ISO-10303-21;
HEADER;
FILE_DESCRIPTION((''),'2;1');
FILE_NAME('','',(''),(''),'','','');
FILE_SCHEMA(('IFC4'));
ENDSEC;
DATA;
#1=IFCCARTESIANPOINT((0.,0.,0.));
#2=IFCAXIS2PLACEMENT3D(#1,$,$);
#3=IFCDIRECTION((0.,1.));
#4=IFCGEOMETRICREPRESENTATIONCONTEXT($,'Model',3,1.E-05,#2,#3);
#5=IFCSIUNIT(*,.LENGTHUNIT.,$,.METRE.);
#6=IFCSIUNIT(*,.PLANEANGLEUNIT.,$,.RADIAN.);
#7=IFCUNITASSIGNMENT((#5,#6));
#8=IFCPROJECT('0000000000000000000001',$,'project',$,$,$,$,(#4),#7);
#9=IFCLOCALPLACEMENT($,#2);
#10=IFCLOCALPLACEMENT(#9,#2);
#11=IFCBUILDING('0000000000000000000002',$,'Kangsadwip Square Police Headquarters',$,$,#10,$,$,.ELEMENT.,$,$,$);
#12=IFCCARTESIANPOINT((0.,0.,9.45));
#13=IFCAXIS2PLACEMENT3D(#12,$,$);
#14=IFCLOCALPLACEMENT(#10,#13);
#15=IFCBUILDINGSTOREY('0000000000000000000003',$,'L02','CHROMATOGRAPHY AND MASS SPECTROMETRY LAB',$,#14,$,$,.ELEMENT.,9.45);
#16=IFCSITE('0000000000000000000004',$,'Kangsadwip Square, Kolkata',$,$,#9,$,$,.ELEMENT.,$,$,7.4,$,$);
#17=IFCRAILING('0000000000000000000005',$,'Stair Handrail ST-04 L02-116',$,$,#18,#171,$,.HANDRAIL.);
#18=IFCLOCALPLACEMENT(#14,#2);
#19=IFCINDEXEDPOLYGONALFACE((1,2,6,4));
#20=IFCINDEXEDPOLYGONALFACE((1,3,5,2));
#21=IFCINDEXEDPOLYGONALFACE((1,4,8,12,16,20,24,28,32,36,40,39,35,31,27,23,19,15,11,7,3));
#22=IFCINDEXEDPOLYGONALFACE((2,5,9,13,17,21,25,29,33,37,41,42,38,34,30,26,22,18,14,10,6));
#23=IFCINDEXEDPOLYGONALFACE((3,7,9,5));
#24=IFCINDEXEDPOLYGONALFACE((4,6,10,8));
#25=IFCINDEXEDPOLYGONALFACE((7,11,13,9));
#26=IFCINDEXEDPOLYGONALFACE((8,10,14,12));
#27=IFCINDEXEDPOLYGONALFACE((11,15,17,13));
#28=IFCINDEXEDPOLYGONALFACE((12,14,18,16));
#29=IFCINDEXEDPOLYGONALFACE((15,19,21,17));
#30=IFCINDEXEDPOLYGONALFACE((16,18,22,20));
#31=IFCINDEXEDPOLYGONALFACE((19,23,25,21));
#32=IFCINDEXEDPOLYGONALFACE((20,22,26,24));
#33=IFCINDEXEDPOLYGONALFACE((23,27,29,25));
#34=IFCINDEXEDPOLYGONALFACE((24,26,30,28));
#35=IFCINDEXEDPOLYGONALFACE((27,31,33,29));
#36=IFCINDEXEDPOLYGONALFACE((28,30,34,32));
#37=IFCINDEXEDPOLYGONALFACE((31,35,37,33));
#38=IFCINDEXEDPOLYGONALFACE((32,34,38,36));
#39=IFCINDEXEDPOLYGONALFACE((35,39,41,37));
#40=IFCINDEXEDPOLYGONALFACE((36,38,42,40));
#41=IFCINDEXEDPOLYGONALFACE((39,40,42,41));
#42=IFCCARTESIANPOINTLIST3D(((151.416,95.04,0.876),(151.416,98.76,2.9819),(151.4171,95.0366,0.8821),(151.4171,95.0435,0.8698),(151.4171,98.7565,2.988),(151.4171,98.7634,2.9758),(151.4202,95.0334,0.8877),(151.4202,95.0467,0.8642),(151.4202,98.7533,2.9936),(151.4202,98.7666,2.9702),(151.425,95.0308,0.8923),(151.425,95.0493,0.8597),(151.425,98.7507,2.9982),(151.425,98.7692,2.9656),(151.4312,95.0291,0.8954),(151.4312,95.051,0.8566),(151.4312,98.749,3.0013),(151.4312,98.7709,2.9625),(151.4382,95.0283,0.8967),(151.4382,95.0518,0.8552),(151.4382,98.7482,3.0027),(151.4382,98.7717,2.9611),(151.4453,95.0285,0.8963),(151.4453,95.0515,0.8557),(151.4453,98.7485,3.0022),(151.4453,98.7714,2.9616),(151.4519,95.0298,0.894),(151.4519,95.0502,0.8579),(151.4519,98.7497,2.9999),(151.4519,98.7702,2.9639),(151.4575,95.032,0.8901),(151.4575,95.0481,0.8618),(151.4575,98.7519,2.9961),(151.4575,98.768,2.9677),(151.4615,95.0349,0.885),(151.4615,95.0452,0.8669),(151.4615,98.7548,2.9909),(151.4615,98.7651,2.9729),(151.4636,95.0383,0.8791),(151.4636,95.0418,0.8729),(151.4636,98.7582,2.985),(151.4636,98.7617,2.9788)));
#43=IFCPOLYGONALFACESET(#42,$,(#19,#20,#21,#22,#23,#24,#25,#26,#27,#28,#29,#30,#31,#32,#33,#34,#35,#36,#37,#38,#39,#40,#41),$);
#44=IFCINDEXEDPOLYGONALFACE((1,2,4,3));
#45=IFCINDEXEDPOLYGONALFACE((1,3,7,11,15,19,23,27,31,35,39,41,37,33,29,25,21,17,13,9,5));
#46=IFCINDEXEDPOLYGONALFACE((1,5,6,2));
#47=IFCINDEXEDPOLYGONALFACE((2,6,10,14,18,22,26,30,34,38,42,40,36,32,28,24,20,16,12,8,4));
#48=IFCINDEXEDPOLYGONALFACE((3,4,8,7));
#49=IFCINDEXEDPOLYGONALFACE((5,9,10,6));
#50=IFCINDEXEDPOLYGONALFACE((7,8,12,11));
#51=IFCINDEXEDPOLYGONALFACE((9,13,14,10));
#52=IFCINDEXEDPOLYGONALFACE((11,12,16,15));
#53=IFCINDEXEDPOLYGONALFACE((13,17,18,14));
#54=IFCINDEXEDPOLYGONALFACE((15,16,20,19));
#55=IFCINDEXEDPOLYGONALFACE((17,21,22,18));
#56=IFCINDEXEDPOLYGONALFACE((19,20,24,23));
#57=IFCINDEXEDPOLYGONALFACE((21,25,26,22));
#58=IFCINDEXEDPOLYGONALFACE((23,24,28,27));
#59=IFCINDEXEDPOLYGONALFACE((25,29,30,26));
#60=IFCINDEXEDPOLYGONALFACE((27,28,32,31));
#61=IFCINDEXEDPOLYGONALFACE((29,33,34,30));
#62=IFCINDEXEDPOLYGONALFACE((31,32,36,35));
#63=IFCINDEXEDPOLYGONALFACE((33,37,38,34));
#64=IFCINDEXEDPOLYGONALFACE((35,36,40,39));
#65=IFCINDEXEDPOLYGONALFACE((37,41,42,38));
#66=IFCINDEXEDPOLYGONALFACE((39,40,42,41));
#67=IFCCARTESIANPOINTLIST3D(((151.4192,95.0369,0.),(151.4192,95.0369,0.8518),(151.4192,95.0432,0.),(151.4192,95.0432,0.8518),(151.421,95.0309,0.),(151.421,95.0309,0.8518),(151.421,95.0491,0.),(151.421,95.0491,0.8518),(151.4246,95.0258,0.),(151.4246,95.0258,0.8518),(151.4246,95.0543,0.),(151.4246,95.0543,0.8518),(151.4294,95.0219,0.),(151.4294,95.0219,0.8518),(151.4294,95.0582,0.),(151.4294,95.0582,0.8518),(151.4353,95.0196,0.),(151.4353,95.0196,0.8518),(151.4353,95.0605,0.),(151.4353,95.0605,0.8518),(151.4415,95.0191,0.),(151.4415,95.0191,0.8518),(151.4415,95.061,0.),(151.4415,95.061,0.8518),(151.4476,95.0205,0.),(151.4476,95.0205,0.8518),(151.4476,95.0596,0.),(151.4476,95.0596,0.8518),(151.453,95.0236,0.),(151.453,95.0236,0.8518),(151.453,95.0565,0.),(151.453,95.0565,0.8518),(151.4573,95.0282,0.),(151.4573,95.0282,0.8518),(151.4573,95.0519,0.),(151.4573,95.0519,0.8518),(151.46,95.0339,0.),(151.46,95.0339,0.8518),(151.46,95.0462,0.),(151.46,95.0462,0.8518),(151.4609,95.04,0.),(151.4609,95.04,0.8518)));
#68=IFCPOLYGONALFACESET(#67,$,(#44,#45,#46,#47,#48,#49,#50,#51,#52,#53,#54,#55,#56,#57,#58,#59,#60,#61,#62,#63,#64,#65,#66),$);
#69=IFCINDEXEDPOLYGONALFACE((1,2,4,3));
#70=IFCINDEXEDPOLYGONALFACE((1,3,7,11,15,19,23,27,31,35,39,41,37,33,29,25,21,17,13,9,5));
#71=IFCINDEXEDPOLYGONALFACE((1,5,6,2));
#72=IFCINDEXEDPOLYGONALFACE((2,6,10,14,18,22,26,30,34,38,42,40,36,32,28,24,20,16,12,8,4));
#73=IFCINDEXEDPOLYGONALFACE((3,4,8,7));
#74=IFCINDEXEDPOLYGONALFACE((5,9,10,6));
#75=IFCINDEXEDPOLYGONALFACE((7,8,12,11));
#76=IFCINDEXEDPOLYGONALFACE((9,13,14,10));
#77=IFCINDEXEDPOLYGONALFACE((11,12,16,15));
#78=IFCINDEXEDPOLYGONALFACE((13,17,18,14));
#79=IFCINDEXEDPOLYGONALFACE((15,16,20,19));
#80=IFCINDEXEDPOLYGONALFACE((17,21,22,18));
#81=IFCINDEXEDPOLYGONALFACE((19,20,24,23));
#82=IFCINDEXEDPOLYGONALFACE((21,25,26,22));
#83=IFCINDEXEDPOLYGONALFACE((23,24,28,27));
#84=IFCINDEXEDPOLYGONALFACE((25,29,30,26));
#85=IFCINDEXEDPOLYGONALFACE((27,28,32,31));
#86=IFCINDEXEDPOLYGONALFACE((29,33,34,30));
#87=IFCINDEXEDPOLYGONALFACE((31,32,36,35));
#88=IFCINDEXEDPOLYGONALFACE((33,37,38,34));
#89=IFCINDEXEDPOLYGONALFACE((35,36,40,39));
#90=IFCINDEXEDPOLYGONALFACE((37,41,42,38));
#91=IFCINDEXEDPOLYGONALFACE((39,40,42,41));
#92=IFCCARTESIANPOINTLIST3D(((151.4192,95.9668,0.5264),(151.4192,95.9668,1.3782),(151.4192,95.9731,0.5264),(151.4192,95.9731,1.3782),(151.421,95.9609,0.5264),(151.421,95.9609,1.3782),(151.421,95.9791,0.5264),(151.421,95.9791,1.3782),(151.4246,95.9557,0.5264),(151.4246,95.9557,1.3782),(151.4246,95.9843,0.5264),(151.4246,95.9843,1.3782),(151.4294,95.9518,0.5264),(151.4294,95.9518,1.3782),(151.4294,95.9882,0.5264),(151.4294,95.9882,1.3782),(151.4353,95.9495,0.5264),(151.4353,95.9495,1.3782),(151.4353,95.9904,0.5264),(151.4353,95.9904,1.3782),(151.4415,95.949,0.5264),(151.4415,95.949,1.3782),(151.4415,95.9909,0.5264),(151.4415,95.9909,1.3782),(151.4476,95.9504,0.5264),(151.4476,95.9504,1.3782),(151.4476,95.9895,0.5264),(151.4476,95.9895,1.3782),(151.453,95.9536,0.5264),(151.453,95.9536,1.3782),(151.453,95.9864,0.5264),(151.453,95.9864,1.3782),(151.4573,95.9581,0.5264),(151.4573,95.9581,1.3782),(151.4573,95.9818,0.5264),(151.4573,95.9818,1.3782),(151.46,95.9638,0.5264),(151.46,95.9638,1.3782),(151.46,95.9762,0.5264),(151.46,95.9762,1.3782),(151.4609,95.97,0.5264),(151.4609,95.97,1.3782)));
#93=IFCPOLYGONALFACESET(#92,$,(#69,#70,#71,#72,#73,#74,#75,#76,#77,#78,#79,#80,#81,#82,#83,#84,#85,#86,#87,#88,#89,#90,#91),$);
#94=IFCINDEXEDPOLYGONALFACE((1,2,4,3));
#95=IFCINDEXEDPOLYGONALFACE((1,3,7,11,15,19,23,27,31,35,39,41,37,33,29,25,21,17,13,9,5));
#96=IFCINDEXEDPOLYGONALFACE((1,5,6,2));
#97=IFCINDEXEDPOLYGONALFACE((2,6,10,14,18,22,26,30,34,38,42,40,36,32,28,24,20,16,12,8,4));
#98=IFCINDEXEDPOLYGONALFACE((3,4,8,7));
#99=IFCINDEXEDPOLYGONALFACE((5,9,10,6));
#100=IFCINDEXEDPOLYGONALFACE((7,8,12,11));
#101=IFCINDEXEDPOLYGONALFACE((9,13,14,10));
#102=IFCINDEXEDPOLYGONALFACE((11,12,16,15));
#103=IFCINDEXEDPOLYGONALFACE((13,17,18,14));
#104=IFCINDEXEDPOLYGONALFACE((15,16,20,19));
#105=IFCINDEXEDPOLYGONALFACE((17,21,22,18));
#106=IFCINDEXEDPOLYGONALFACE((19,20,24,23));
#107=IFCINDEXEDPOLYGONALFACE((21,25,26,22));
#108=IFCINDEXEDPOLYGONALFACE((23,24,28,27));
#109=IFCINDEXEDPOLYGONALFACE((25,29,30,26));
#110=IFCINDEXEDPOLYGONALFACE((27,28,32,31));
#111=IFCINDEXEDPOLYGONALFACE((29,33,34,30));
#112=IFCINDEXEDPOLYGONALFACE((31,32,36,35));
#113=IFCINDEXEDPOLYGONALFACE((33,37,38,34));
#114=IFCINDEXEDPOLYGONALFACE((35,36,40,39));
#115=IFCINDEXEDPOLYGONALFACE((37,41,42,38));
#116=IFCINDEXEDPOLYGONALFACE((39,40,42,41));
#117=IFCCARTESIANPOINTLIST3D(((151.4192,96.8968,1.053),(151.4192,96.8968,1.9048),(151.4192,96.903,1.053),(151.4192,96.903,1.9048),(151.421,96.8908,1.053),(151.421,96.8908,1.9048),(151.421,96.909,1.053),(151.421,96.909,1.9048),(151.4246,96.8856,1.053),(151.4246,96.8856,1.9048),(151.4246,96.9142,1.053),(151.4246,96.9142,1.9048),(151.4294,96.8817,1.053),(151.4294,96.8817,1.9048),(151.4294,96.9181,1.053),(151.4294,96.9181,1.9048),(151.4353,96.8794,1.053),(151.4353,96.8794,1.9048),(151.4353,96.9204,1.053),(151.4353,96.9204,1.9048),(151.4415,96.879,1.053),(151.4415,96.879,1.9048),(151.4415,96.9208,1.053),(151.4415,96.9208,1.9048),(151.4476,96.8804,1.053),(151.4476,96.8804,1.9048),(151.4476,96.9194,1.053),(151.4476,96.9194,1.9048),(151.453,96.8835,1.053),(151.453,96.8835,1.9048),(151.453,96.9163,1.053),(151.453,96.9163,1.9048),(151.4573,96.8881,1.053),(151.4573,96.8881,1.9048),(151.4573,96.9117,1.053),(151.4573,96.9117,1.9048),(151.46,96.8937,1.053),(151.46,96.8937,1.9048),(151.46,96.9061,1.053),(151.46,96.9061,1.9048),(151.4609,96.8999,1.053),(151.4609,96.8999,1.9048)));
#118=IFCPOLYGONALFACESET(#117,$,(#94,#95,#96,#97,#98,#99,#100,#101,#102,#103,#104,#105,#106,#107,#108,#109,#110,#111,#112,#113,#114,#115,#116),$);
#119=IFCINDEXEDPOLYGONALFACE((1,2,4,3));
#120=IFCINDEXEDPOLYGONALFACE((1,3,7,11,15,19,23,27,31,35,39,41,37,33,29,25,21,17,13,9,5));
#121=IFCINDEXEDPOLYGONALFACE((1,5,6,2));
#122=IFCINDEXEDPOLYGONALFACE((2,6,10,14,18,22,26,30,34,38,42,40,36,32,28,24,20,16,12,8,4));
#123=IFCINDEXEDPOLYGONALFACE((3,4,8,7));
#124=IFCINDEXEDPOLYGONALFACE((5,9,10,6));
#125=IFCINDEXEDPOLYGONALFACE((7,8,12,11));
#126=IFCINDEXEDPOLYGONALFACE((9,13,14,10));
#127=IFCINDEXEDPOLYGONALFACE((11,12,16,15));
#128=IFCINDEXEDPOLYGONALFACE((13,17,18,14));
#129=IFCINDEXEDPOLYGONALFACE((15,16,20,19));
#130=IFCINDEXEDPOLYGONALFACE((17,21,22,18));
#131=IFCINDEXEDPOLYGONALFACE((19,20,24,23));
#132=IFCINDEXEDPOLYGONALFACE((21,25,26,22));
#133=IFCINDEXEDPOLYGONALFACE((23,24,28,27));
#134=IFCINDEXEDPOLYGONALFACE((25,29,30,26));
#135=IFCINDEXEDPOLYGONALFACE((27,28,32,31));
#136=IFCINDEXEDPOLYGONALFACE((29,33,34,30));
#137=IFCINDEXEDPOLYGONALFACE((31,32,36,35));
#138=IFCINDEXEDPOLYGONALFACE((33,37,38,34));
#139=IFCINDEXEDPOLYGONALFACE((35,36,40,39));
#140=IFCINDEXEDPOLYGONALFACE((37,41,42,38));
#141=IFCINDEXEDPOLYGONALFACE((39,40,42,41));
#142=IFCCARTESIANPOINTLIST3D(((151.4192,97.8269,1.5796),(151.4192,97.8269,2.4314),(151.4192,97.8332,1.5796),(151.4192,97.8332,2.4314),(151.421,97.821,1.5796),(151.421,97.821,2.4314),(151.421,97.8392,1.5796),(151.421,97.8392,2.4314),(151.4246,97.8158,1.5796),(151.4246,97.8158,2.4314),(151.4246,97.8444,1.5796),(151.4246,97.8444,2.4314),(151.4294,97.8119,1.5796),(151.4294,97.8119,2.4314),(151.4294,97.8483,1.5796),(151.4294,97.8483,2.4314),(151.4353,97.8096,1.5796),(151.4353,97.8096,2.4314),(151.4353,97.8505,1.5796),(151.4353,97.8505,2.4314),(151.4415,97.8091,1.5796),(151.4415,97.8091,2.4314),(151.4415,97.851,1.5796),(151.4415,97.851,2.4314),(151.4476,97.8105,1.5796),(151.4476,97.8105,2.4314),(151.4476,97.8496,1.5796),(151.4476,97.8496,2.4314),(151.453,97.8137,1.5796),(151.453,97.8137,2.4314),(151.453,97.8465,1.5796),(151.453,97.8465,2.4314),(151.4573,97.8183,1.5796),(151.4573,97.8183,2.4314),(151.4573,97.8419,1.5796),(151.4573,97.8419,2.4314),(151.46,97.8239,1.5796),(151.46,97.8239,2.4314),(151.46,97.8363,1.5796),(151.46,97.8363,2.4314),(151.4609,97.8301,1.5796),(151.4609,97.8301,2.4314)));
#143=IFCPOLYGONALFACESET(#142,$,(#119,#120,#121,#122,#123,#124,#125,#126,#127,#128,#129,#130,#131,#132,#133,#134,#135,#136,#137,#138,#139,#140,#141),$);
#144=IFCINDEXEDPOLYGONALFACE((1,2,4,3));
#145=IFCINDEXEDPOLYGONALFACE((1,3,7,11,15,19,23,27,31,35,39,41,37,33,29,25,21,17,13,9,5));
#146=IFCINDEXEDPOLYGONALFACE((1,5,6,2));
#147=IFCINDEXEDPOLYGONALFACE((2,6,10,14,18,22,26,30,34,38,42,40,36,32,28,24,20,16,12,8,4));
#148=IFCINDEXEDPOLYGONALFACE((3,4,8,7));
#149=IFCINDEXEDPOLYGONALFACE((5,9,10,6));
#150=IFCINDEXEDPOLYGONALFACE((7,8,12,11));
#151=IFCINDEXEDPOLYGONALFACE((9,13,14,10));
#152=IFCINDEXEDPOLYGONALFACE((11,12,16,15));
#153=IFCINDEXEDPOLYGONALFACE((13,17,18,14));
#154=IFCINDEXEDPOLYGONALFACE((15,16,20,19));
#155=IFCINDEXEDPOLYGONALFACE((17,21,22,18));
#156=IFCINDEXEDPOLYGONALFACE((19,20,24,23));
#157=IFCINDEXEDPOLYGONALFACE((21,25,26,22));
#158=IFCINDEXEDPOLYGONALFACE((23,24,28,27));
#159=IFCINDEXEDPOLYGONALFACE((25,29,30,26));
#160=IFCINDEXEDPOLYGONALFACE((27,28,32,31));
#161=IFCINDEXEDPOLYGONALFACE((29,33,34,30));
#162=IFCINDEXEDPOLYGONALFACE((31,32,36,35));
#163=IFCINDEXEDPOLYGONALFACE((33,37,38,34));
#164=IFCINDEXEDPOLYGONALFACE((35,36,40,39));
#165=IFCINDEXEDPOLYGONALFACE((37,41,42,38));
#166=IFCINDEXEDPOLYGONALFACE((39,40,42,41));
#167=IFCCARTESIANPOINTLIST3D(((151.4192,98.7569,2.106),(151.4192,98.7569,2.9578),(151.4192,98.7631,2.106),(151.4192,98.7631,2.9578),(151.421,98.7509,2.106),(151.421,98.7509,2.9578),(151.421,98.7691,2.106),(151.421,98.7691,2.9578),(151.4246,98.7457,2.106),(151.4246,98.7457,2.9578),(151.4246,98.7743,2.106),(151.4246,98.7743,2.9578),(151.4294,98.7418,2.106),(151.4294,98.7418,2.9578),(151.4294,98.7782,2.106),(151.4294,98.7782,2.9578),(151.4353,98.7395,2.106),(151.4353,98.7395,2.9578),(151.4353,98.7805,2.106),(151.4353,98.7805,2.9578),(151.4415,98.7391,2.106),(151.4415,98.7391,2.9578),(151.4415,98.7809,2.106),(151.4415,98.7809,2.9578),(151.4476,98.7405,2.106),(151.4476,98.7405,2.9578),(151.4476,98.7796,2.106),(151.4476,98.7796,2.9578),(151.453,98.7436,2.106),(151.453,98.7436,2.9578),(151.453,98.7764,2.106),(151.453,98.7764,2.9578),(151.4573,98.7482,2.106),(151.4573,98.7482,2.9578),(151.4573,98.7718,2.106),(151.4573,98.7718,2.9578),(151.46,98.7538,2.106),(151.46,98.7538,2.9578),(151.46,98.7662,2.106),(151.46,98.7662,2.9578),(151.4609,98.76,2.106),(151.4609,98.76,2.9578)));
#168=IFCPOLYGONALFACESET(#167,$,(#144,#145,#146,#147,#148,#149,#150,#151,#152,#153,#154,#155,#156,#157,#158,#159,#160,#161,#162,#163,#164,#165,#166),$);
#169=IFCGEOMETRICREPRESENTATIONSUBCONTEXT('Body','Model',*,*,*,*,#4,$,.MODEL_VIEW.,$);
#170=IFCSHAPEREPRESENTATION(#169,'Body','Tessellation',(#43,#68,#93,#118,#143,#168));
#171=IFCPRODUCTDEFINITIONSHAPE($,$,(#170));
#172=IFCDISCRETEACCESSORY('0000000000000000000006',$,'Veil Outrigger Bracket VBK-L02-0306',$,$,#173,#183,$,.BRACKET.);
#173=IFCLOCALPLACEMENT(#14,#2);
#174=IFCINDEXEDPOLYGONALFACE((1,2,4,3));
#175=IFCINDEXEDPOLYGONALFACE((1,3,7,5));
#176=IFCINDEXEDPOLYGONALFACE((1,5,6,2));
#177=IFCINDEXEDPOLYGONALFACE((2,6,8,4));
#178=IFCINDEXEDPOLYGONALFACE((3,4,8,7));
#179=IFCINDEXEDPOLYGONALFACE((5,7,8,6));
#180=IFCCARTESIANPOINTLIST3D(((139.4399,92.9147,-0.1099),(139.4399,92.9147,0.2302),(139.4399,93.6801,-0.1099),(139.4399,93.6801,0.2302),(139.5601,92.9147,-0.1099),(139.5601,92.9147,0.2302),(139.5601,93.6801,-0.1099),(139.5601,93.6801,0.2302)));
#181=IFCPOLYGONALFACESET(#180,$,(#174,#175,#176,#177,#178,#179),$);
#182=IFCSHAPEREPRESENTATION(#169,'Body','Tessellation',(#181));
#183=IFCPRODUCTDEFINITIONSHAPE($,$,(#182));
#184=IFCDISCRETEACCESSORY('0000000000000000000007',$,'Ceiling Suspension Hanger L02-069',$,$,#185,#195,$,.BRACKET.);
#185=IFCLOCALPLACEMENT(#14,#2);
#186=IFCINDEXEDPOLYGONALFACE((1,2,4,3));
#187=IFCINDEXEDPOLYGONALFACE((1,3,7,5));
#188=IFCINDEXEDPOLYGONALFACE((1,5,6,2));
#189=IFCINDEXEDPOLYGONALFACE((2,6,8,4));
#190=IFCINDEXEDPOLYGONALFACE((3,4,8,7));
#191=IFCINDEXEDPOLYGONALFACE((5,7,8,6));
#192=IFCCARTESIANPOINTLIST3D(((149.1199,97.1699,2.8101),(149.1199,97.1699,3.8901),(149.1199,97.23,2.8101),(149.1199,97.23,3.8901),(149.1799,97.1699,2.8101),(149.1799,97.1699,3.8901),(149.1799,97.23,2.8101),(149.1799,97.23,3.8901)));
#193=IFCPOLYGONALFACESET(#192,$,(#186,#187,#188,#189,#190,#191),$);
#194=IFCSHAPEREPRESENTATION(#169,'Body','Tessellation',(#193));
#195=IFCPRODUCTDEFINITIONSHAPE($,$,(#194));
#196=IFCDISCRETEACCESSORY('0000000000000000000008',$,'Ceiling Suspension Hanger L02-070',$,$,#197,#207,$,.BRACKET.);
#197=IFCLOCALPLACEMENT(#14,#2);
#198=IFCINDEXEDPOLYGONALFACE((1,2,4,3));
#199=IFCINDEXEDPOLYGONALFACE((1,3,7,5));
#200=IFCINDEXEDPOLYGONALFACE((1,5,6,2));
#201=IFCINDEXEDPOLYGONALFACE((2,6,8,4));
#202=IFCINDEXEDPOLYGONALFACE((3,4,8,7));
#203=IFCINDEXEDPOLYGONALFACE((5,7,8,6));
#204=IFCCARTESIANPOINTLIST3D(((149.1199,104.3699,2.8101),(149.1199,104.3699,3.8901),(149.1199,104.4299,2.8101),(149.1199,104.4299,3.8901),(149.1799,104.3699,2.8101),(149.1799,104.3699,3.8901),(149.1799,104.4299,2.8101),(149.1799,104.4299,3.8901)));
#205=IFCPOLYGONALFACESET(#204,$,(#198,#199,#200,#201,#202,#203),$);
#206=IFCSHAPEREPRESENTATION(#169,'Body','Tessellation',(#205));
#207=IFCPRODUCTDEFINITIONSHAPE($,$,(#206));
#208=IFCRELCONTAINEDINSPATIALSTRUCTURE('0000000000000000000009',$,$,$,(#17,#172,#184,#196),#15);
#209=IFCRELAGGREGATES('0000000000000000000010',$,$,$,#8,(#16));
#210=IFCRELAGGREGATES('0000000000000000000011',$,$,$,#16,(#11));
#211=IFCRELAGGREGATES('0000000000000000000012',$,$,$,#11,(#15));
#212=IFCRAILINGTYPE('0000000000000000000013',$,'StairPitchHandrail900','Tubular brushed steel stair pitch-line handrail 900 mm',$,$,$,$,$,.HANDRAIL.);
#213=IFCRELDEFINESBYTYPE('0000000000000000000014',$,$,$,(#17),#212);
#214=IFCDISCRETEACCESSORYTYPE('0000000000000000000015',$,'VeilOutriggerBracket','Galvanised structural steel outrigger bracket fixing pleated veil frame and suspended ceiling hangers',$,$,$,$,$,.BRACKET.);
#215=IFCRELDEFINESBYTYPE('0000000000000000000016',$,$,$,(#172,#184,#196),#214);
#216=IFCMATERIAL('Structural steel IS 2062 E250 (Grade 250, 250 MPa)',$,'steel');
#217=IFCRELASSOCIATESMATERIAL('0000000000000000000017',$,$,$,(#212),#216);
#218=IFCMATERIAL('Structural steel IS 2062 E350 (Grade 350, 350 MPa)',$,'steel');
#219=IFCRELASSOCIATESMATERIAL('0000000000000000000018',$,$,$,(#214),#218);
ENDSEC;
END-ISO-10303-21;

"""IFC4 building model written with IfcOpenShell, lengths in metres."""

from ifc_helpers import new_model, si_unit, direction, frame, origin, origin_2d, place, context, subcontext, project, spatial, rectangle, circle, extrude, material, type_object, element, save


model = new_model("IFC4")

# Units and contexts
model_context = context("Model", 3, precision=1e-05, world=origin(), true_north=direction((0.0, 1.0)))
body_context = subcontext(model_context, "Body", "Model", "MODEL_VIEW")
ifc_project = project(units=[si_unit("LENGTHUNIT", "METRE"), si_unit("PLANEANGLEUNIT", "RADIAN")], contexts=[model_context])

# Site, building, storey
site_placement = place(None, origin())
site = spatial("IfcSite", under=ifc_project, at=site_placement, Name="Kangsadwip Square, Kolkata", CompositionType="ELEMENT", RefElevation=7.4)
building_placement = place(site_placement, origin())
building = spatial("IfcBuilding", under=site, at=building_placement, Name="Kangsadwip Square Police Headquarters", CompositionType="ELEMENT")
storey_placement = place(building_placement, frame((0.0, 0.0, 9.45)))
storey = spatial("IfcBuildingStorey", under=building, at=storey_placement, Name="L02", Description="CHROMATOGRAPHY AND MASS SPECTROMETRY LAB", CompositionType="ELEMENT", Elevation=9.45)

# Railing
ifc_material_1 = material(Name="Structural steel IS 2062 E250 (Grade 250, 250 MPa)", Category="steel")
railing_type = type_object("IfcRailingType", Name="StairPitchHandrail900", Description="Tubular brushed steel stair pitch-line handrail 900 mm", PredefinedType="HANDRAIL", material=ifc_material_1)
railing_placement = place(storey_placement, frame((151.4399, 95.04, 0.0)))
element("IfcRailing", 1, at=railing_placement, inside=storey, type_object=railing_type, Name="Stair Handrail ST-04 L02-116", PredefinedType="HANDRAIL", context=body_context, shape_type="SweptSolid", body=[
    extrude(circle(Radius=0.0239, at=origin_2d()), frame((0.0, 0.0, 0.876), z_axis=(0.0, 0.870225, 0.492654), x_axis=(-1.0, 0.0, 0.0)), (0.0, 0.0, 1.0), 4.2747),
    extrude(circle(Radius=0.021, at=origin_2d()), origin(), (0.0, 0.0, 1.0), 0.8518),
    extrude(circle(Radius=0.021, at=origin_2d()), frame((0.0, 0.9299, 0.5264)), (0.0, 0.0, 1.0), 0.8518),
    extrude(circle(Radius=0.021, at=origin_2d()), frame((0.0, 1.8599, 1.053)), (0.0, 0.0, 1.0), 0.8518),
    extrude(circle(Radius=0.021, at=origin_2d()), frame((0.0, 2.79, 1.5796)), (0.0, 0.0, 1.0), 0.8518),
    extrude(circle(Radius=0.021, at=origin_2d()), frame((0.0, 3.72, 2.106)), (0.0, 0.0, 1.0), 0.8518),
])

# Discrete accessories
ifc_material_2 = material(Name="Structural steel IS 2062 E350 (Grade 350, 350 MPa)", Category="steel")
discrete_accessory_type = type_object("IfcDiscreteAccessoryType", Name="VeilOutriggerBracket", Description="Galvanised structural steel outrigger bracket fixing pleated veil frame and suspended ceiling hangers", PredefinedType="BRACKET", material=ifc_material_2)
discrete_accessory_placement = place(storey_placement, frame((139.5, 93.2974, -0.1099), z_axis=(0.0, 0.0, 1.0), x_axis=(1.0, 0.0, 0.0)))
element("IfcDiscreteAccessory", 2, at=discrete_accessory_placement, inside=storey, type_object=discrete_accessory_type, Name="Veil Outrigger Bracket VBK-L02-0306", PredefinedType="BRACKET", context=body_context, shape_type="SweptSolid", body=[
    extrude(rectangle(XDim=0.1201, YDim=0.7654, at=origin_2d()), origin(), (0.0, 0.0, 1.0), 0.3401),
])
for number, where, z_axis, x_axis, name in (
    (3, (149.1499, 97.2, 2.8101), (0.0, 0.0, 1.0), (1.0, 0.0, 0.0), "Ceiling Suspension Hanger L02-069"),
    (4, (149.1499, 104.3999, 2.8101), (0.0, 0.0, 1.0), (1.0, 0.0, 0.0), "Ceiling Suspension Hanger L02-070"),
):
    element("IfcDiscreteAccessory", number, at=place(storey_placement, frame(where, z_axis=z_axis, x_axis=x_axis)), inside=storey, type_object=discrete_accessory_type, Name=name, PredefinedType="BRACKET", context=body_context, shape_type="SweptSolid", body=[
        extrude(rectangle(XDim=0.0601, YDim=0.0601, at=origin_2d()), origin(), (0.0, 0.0, 1.0), 1.0801),
    ])

save(model, "model.ifc")
